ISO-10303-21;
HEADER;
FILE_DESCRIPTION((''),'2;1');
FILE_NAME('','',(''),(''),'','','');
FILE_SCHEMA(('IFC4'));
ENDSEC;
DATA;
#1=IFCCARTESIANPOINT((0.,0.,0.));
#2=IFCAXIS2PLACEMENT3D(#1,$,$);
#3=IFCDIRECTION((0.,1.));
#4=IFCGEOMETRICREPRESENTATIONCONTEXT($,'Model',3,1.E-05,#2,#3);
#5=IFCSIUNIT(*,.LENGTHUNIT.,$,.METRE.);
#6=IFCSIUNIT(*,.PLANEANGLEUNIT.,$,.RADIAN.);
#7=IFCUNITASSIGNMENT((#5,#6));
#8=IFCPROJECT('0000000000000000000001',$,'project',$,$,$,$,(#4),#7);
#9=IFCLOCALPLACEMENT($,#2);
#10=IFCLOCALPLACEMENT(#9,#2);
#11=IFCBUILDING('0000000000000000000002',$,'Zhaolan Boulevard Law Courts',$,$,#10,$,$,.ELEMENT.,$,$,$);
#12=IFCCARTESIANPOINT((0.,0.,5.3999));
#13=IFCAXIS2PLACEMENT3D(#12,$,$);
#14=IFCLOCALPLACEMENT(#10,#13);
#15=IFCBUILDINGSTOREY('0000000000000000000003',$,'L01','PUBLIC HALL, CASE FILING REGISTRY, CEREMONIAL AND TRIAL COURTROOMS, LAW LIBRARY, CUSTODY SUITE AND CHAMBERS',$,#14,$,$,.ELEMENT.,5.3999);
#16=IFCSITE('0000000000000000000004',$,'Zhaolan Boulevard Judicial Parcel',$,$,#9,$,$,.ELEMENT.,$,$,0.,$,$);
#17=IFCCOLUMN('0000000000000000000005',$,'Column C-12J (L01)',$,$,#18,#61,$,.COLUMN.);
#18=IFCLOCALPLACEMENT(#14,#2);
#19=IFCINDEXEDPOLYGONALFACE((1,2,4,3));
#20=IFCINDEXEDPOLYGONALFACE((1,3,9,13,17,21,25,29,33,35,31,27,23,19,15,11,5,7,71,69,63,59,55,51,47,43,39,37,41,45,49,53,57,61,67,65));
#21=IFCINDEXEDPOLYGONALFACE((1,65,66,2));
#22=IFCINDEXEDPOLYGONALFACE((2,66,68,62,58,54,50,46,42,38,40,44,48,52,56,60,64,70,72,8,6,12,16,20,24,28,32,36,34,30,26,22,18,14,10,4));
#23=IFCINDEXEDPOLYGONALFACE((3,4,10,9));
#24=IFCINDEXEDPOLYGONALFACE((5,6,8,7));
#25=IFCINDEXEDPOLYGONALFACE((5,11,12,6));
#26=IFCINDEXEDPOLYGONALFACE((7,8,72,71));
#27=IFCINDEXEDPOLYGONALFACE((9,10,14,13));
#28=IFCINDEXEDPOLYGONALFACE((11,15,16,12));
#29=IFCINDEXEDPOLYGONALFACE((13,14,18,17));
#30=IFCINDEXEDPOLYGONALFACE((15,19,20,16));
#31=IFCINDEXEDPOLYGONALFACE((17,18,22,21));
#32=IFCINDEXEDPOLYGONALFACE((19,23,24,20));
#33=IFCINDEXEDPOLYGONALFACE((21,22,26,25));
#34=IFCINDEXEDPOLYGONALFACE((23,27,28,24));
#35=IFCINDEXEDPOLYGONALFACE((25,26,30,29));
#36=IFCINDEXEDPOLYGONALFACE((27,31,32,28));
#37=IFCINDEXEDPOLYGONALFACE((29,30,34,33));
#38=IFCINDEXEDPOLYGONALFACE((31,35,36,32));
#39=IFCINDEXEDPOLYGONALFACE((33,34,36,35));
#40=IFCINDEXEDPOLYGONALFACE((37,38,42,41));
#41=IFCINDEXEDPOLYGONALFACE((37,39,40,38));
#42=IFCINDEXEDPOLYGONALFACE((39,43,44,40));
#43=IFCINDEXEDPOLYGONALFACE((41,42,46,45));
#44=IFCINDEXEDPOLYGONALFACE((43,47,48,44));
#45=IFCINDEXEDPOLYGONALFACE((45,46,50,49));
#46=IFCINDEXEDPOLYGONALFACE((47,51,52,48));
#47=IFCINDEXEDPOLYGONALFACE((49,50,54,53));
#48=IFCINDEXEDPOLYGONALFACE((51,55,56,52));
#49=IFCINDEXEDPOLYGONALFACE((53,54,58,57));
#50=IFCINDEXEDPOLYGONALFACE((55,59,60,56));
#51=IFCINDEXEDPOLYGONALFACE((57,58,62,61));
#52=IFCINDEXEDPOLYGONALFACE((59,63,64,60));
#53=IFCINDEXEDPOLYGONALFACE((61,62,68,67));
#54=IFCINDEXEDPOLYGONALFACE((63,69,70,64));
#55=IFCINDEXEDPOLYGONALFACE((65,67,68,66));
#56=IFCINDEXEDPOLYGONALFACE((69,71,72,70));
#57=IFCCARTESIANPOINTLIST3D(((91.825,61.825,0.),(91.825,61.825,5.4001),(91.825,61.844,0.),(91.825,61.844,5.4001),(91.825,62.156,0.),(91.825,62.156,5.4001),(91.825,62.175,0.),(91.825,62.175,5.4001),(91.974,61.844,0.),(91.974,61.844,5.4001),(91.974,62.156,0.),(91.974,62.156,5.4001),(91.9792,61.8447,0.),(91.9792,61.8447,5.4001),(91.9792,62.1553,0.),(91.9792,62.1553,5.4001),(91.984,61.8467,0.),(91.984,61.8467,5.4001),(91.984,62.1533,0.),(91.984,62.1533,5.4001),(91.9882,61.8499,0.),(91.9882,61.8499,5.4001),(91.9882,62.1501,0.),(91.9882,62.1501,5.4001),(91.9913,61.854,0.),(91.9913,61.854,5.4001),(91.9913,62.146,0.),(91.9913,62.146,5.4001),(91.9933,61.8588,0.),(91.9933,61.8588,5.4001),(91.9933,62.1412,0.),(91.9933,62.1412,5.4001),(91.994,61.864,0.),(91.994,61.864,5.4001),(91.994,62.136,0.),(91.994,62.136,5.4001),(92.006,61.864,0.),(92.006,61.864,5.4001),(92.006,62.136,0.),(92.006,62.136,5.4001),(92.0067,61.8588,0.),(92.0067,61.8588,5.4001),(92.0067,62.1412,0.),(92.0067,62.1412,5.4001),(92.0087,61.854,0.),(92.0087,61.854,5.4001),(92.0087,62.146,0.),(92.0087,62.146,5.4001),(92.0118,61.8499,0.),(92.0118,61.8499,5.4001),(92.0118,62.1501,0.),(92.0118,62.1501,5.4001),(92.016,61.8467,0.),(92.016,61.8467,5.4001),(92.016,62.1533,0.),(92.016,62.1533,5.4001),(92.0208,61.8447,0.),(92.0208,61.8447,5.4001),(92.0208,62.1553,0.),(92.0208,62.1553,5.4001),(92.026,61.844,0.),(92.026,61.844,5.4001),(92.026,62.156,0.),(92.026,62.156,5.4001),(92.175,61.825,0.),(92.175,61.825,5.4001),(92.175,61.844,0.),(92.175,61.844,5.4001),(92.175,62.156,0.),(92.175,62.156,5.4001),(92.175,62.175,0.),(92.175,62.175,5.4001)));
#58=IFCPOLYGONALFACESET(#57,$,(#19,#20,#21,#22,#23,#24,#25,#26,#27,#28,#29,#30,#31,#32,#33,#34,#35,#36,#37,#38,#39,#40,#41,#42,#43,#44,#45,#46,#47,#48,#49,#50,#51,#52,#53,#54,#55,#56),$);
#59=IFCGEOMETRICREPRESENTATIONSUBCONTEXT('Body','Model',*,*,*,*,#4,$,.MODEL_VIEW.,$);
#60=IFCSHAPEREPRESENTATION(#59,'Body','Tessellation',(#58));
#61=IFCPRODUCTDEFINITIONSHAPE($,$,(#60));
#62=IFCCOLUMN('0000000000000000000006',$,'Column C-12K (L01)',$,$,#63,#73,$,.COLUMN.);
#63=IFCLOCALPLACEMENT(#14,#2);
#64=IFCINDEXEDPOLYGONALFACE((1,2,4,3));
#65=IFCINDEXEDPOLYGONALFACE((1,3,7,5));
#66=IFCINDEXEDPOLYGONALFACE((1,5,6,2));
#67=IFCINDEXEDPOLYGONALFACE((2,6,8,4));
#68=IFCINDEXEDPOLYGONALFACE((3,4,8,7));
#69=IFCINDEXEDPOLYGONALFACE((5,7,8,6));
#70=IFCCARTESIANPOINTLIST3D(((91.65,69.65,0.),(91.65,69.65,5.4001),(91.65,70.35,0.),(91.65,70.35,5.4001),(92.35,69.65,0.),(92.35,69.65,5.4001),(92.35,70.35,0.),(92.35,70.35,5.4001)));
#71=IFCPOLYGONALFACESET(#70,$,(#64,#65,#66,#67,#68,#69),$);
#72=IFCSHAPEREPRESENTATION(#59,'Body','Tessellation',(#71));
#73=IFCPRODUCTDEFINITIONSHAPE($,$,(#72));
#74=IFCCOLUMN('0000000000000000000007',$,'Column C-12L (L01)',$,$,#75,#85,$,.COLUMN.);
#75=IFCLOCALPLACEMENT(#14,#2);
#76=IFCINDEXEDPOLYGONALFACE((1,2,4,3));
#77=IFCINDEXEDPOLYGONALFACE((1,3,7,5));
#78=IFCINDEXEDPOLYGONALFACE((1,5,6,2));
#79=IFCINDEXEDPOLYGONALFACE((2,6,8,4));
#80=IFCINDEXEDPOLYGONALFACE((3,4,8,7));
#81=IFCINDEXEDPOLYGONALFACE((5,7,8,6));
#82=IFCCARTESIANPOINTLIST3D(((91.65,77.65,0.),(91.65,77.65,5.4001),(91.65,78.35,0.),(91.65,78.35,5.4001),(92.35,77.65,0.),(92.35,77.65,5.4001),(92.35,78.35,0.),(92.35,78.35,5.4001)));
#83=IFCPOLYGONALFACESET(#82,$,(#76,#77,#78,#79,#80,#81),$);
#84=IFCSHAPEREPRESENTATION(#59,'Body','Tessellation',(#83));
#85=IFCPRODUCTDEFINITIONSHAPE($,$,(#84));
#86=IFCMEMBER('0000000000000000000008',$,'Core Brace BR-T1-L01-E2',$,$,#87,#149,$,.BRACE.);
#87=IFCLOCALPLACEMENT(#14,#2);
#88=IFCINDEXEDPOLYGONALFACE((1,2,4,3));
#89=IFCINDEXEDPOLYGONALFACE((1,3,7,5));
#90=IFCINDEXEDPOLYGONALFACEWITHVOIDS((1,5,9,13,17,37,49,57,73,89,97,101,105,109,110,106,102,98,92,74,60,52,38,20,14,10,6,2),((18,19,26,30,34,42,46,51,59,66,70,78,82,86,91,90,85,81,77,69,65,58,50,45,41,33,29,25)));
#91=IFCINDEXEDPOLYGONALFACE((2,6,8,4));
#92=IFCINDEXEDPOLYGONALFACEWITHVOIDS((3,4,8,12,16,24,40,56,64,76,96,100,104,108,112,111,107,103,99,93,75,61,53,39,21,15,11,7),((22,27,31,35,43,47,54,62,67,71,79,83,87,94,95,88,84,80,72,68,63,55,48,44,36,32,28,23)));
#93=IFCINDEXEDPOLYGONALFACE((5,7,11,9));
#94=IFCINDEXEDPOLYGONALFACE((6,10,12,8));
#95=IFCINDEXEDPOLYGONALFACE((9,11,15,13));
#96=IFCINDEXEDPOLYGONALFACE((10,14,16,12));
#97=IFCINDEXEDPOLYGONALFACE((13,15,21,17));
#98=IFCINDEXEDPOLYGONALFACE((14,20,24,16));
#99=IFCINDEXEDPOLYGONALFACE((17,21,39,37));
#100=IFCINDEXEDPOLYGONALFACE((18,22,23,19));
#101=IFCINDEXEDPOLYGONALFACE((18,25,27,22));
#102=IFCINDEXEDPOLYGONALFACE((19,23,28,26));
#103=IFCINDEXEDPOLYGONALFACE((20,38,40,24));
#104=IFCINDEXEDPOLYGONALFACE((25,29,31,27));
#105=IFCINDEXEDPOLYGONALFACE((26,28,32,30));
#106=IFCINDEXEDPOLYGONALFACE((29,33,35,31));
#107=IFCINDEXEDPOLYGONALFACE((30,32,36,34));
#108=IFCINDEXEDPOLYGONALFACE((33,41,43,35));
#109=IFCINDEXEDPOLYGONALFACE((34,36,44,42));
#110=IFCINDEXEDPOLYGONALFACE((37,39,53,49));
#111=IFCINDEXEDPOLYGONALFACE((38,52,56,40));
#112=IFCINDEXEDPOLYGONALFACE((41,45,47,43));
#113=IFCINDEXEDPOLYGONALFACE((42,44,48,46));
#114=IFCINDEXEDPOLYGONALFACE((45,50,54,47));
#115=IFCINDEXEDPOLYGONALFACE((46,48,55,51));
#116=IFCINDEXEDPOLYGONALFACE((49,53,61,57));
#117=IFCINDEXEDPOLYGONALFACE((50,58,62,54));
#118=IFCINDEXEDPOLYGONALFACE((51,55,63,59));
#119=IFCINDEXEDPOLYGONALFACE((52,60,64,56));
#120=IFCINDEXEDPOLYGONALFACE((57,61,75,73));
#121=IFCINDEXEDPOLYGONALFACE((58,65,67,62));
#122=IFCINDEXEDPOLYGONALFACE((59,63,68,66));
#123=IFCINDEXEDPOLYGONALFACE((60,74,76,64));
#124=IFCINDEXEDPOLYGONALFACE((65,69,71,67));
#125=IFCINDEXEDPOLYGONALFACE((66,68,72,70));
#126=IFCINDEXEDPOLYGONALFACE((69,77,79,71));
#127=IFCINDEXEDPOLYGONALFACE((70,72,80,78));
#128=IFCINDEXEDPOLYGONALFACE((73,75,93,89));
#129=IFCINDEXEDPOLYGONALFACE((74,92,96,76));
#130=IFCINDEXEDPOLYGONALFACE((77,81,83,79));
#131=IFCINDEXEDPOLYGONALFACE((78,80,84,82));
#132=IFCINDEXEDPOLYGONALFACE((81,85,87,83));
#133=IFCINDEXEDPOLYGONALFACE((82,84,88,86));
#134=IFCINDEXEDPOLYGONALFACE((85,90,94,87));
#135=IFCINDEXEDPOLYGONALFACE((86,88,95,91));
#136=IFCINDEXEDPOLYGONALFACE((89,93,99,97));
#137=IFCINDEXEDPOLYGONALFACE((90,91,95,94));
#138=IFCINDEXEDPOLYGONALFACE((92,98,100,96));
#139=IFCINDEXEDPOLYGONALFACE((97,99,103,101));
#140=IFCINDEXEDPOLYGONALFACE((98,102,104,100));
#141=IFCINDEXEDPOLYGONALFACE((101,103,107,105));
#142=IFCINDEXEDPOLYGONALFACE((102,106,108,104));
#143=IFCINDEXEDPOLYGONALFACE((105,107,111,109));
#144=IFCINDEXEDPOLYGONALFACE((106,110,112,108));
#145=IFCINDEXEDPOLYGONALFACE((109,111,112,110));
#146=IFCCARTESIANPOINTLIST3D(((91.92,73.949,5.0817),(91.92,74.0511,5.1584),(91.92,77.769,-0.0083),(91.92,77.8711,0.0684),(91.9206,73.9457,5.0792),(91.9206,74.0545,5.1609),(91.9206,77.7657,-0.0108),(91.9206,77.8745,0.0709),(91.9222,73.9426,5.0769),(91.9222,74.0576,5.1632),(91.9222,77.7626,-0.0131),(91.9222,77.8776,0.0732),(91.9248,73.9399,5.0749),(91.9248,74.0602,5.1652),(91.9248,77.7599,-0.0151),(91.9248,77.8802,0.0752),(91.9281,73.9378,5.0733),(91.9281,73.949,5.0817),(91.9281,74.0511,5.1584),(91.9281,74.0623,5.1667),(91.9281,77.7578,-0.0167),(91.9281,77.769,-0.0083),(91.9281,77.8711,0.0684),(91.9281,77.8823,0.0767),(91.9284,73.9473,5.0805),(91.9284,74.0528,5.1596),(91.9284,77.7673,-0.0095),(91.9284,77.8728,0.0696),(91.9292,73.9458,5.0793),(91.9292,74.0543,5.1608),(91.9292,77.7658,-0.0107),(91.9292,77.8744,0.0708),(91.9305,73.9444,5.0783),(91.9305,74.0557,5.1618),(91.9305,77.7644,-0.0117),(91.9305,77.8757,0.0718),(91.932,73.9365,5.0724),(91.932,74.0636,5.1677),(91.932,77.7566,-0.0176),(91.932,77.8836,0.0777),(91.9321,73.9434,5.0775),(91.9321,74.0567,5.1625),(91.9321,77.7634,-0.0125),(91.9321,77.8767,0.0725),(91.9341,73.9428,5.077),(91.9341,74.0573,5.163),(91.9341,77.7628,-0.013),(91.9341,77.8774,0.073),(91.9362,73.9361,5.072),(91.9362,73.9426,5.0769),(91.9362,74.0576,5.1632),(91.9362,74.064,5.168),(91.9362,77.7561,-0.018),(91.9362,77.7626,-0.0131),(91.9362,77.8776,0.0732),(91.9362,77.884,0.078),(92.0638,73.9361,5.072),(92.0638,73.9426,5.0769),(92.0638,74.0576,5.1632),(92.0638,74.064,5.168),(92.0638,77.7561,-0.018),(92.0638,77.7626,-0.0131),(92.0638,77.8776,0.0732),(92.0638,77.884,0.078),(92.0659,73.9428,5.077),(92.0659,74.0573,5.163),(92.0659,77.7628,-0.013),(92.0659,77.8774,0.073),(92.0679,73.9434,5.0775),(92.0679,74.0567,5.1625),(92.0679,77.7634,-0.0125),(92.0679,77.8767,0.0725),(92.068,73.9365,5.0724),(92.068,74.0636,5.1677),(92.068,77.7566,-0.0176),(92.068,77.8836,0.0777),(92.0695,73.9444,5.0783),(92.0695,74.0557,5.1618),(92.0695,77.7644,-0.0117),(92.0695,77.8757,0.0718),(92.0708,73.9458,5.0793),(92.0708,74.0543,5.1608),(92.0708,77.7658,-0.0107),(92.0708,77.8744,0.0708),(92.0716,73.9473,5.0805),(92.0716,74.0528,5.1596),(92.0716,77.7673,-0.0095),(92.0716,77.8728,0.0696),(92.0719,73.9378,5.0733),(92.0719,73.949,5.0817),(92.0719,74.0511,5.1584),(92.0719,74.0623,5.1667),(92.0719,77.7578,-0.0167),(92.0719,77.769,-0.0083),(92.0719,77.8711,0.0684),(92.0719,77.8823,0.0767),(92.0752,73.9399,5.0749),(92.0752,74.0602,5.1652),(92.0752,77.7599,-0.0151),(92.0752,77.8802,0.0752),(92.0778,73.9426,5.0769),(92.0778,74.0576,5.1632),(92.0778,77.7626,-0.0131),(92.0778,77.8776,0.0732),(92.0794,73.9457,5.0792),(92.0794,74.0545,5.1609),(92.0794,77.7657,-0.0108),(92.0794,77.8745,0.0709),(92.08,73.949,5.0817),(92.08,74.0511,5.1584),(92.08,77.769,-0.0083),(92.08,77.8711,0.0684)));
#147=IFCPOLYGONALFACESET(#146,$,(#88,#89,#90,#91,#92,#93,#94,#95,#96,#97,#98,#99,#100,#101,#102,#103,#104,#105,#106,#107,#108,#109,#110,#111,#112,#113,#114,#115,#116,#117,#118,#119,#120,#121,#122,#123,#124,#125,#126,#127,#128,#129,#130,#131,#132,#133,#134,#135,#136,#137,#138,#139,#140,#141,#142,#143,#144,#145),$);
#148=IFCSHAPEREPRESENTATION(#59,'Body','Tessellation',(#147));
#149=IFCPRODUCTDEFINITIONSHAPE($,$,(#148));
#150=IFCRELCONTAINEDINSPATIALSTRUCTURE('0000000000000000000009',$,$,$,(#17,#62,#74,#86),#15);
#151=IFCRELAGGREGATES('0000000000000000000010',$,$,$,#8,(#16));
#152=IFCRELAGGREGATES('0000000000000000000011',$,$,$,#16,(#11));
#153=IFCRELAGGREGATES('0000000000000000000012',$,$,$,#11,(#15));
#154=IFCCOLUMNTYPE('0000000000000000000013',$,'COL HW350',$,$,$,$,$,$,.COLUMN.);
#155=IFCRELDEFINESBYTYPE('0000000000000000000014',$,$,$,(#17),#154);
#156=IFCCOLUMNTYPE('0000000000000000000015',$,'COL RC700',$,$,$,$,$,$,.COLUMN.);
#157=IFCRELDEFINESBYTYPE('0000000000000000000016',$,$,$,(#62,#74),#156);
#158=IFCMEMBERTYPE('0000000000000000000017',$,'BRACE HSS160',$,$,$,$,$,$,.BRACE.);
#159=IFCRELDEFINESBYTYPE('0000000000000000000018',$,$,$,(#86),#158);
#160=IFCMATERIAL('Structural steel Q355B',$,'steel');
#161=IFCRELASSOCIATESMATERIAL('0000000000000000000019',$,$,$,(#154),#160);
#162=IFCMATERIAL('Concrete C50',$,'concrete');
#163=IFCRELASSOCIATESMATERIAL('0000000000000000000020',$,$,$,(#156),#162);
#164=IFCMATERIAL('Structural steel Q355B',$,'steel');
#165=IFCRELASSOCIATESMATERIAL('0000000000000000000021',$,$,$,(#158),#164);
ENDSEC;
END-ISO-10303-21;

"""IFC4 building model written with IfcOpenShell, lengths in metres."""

from ifc_helpers import new_model, si_unit, direction, frame, origin, origin_2d, place, context, subcontext, project, spatial, rectangle, hollow_rectangle, i_section, extrude, material, material_profile, profile_set, type_object, element, save


model = new_model("IFC4")

# Units and contexts
model_context = context("Model", 3, precision=1e-05, world=origin(), true_north=direction((0.0, 1.0)))
body_context = subcontext(model_context, "Body", "Model", "MODEL_VIEW")
ifc_project = project(units=[si_unit("LENGTHUNIT", "METRE"), si_unit("PLANEANGLEUNIT", "RADIAN")], contexts=[model_context])

# Site, building, storey
site_placement = place(None, origin())
site = spatial("IfcSite", under=ifc_project, at=site_placement, Name="Zhaolan Boulevard Judicial Parcel", CompositionType="ELEMENT", RefElevation=0.0)
building_placement = place(site_placement, origin())
building = spatial("IfcBuilding", under=site, at=building_placement, Name="Zhaolan Boulevard Law Courts", CompositionType="ELEMENT")
storey_placement = place(building_placement, frame((0.0, 0.0, 5.3999)))
storey = spatial("IfcBuildingStorey", under=building, at=storey_placement, Name="L01", Description="PUBLIC HALL, CASE FILING REGISTRY, CEREMONIAL AND TRIAL COURTROOMS, LAW LIBRARY, CUSTODY SUITE AND CHAMBERS", CompositionType="ELEMENT", Elevation=5.3999)

# Columns
ifc_material_1 = material(Name="Structural steel Q355B", Category="steel")
ifc_material_profile_1 = material_profile(ifc_material_1, i_section(OverallWidth=0.3501, OverallDepth=0.3501, WebThickness=0.012, FlangeThickness=0.019, FilletRadius=0.02, at=origin_2d()), Name="HW350x350")
ifc_profile_set_1 = profile_set([ifc_material_profile_1], Name="Structural steel Q355B")
column_type_1 = type_object("IfcColumnType", Name="COL HW350", PredefinedType="COLUMN", material=ifc_profile_set_1)
column_placement = place(storey_placement, frame((92.0, 62.0, 0.0), z_axis=(0.0, 0.0, 1.0), x_axis=(1.0, 0.0, 0.0)))
element("IfcColumn", 1, at=column_placement, inside=storey, type_object=column_type_1, Name="Column C-12J (L01)", PredefinedType="COLUMN", context=body_context, shape_type="SweptSolid", body=[
    extrude(i_section(OverallWidth=0.3501, OverallDepth=0.3501, WebThickness=0.012, FlangeThickness=0.019, FilletRadius=0.02, at=origin_2d()), origin(), (0.0, 0.0, 1.0), 5.4001),
])
ifc_material_2 = material(Name="Concrete C50", Category="concrete")
ifc_material_profile_2 = material_profile(ifc_material_2, rectangle(XDim=0.7, YDim=0.7, at=origin_2d()), Name="RC700x700")
ifc_profile_set_2 = profile_set([ifc_material_profile_2], Name="Concrete C50")
column_type_2 = type_object("IfcColumnType", Name="COL RC700", PredefinedType="COLUMN", material=ifc_profile_set_2)
for number, where, z_axis, x_axis, name in (
    (2, (92.0, 70.0, 0.0), (0.0, 0.0, 1.0), (1.0, 0.0, 0.0), "Column C-12K (L01)"),
    (3, (92.0, 78.0, 0.0), (0.0, 0.0, 1.0), (1.0, 0.0, 0.0), "Column C-12L (L01)"),
):
    element("IfcColumn", number, at=place(storey_placement, frame(where, z_axis=z_axis, x_axis=x_axis)), inside=storey, type_object=column_type_2, Name=name, PredefinedType="COLUMN", context=body_context, shape_type="SweptSolid", body=[
        extrude(rectangle(XDim=0.7, YDim=0.7, at=origin_2d()), origin(), (0.0, 0.0, 1.0), 5.4001),
    ])

# Member
ifc_material_3 = material(Name="Structural steel Q355B", Category="steel")
ifc_material_profile_3 = material_profile(ifc_material_3, hollow_rectangle(XDim=0.1599, YDim=0.1599, WallThickness=0.0081, InnerFilletRadius=0.0081, OuterFilletRadius=0.0161, at=origin_2d()), Name="HSS160x160x8")
ifc_profile_set_3 = profile_set([ifc_material_profile_3], Name="Structural steel Q355B")
member_type_1 = type_object("IfcMemberType", Name="BRACE HSS160", PredefinedType="BRACE", material=ifc_profile_set_3)
member_placement = place(storey_placement, frame((92.0, 77.8201, 0.03), z_axis=(0.0, -0.600252, 0.799811), x_axis=(1.0, 0.0, 0.0)))
element("IfcMember", 4, at=member_placement, inside=storey, type_object=member_type_1, Name="Core Brace BR-T1-L01-E2", PredefinedType="BRACE", context=body_context, shape_type="SweptSolid", body=[
    extrude(hollow_rectangle(XDim=0.1599, YDim=0.1599, WallThickness=0.0081, InnerFilletRadius=0.0081, OuterFilletRadius=0.0161, at=origin_2d()), origin(), (0.0, 0.0, 1.0), 6.364),
])

save(model, "model.ifc")
